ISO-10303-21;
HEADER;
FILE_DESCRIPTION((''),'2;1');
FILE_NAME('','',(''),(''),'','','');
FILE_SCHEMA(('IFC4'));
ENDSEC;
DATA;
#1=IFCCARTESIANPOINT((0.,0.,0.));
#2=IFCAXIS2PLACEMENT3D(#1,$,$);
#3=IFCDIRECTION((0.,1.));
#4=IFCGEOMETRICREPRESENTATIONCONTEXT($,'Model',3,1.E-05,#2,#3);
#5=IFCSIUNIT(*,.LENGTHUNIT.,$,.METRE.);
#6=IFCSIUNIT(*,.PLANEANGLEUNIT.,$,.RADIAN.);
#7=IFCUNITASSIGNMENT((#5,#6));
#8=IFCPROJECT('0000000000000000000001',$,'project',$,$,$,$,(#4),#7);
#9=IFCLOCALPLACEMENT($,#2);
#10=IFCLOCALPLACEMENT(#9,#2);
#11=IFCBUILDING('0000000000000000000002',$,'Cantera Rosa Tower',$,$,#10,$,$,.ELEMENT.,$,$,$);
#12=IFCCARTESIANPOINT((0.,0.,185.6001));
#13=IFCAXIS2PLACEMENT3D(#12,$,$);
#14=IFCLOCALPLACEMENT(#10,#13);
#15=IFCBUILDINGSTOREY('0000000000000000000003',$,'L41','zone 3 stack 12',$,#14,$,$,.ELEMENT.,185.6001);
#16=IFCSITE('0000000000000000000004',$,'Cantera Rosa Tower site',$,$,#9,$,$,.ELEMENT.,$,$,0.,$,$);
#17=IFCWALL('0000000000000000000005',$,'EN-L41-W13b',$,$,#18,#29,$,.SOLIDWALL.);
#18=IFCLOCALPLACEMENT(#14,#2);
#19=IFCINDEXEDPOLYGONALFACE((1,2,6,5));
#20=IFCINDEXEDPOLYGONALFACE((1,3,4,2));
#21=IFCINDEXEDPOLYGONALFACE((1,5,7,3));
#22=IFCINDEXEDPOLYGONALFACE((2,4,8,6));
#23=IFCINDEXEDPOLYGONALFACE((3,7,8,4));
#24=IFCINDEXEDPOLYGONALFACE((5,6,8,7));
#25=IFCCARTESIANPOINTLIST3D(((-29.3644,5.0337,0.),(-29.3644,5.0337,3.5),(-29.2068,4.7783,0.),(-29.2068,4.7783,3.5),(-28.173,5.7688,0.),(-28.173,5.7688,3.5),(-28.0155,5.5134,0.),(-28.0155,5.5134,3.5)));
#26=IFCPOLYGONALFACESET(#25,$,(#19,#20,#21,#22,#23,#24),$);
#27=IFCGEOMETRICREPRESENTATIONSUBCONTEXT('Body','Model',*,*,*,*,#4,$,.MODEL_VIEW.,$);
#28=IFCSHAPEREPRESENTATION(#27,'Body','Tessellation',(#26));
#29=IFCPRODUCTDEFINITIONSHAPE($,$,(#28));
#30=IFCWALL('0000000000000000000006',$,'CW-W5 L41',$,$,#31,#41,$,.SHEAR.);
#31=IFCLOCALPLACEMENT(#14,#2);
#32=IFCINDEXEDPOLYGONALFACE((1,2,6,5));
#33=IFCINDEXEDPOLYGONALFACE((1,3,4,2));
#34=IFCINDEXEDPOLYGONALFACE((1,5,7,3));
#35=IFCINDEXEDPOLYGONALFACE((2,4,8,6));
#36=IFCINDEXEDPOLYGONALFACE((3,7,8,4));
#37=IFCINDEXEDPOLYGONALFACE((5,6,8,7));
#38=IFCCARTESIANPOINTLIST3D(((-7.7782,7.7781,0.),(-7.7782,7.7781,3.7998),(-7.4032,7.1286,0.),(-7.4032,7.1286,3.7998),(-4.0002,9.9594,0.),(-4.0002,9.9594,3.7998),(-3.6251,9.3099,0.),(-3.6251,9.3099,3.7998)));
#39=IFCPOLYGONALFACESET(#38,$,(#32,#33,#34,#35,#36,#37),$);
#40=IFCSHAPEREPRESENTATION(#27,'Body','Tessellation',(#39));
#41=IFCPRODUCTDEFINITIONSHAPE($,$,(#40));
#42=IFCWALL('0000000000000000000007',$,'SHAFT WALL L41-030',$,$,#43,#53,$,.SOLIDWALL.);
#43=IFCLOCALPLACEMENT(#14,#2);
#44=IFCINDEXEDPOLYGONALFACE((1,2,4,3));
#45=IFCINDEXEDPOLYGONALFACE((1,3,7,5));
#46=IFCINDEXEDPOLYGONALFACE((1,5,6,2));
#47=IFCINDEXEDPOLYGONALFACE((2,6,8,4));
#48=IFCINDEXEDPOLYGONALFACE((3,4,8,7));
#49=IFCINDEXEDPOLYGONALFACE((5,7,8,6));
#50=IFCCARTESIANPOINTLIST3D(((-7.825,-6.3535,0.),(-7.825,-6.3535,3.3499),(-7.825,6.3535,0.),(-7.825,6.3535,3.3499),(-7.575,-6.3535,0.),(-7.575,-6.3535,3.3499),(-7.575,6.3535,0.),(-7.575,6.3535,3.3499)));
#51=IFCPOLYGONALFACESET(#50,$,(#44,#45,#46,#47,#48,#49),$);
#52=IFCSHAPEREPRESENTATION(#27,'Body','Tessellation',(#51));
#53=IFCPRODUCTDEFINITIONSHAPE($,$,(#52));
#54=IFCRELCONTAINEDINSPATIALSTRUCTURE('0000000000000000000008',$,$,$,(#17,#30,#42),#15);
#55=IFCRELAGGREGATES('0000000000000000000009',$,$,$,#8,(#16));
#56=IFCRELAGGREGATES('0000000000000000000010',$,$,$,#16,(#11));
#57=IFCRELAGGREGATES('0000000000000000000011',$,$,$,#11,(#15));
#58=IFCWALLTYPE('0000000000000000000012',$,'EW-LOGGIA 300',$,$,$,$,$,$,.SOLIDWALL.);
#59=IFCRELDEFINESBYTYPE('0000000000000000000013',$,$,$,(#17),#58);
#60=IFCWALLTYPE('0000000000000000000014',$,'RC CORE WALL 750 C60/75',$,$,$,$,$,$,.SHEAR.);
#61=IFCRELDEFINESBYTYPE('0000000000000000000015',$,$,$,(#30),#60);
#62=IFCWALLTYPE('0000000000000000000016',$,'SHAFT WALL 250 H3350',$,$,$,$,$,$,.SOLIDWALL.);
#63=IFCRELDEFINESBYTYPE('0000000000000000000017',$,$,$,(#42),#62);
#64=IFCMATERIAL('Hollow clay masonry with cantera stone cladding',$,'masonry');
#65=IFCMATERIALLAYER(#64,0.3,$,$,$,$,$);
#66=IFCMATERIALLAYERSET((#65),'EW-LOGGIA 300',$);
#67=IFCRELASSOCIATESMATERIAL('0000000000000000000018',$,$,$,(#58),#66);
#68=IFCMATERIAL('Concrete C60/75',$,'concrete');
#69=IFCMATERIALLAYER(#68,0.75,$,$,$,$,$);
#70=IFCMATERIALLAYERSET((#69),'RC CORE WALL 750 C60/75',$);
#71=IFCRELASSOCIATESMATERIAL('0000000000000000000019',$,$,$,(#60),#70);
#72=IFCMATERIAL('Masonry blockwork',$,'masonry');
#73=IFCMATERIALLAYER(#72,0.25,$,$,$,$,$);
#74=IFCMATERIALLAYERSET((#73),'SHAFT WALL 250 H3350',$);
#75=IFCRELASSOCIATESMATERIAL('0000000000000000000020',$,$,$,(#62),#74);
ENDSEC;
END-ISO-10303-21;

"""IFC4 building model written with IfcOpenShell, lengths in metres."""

from ifc_helpers import new_model, si_unit, direction, frame, frame_2d, origin, place, context, subcontext, project, spatial, rectangle, extrude, material, layer, layer_set, type_object, element, save


model = new_model("IFC4")

# Units and contexts
model_context = context("Model", 3, precision=1e-05, world=origin(), true_north=direction((0.0, 1.0)))
body_context = subcontext(model_context, "Body", "Model", "MODEL_VIEW")
ifc_project = project(units=[si_unit("LENGTHUNIT", "METRE"), si_unit("PLANEANGLEUNIT", "RADIAN")], contexts=[model_context])

# Site, building, storey
site_placement = place(None, origin())
site = spatial("IfcSite", under=ifc_project, at=site_placement, Name="Cantera Rosa Tower site", CompositionType="ELEMENT", RefElevation=0.0)
building_placement = place(site_placement, origin())
building = spatial("IfcBuilding", under=site, at=building_placement, Name="Cantera Rosa Tower", CompositionType="ELEMENT")
storey_placement = place(building_placement, frame((0.0, 0.0, 185.6001)))
storey = spatial("IfcBuildingStorey", under=building, at=storey_placement, Name="L41", Description="zone 3 stack 12", CompositionType="ELEMENT", Elevation=185.6001)

# Wall
ifc_material_1 = material(Name="Hollow clay masonry with cantera stone cladding", Category="masonry")
ifc_layer_1 = layer(ifc_material_1, 0.3)
ifc_layer_set_1 = layer_set([ifc_layer_1], Name="EW-LOGGIA 300")
wall_type_1 = type_object("IfcWallType", Name="EW-LOGGIA 300", PredefinedType="SOLIDWALL", material=ifc_layer_set_1)
wall_1_placement = place(storey_placement, frame((-28.0942, 5.6411, 0.0), z_axis=(0.0, 0.0, 1.0), x_axis=(-0.851041, -0.525099, 0.0)))
element("IfcWall", 1, at=wall_1_placement, inside=storey, type_object=wall_type_1, Name="EN-L41-W13b", PredefinedType="SOLIDWALL", context=body_context, shape_type="SweptSolid", body=[
    extrude(rectangle(XDim=1.3999, YDim=0.3, at=frame_2d((0.7, 0.0))), origin(), (0.0, 0.0, 1.0), 3.5),
])

# Walls
ifc_material_2 = material(Name="Concrete C60/75", Category="concrete")
ifc_layer_2 = layer(ifc_material_2, 0.75)
ifc_layer_set_2 = layer_set([ifc_layer_2], Name="RC CORE WALL 750 C60/75")
wall_type_2 = type_object("IfcWallType", Name="RC CORE WALL 750 C60/75", PredefinedType="SHEAR", material=ifc_layer_set_2)
wall_2_placement = place(storey_placement, frame((-7.5906, 7.4534, 0.0), z_axis=(0.0, 0.0, 1.0), x_axis=(0.866013, 0.500021, 0.0)))
element("IfcWall", 2, at=wall_2_placement, inside=storey, type_object=wall_type_2, Name="CW-W5 L41", PredefinedType="SHEAR", context=body_context, shape_type="SweptSolid", body=[
    extrude(rectangle(XDim=4.3625, YDim=0.75, at=frame_2d((2.1812, 0.0))), origin(), (0.0, 0.0, 1.0), 3.7998),
])
ifc_material_3 = material(Name="Masonry blockwork", Category="masonry")
ifc_layer_3 = layer(ifc_material_3, 0.25)
ifc_layer_set_3 = layer_set([ifc_layer_3], Name="SHAFT WALL 250 H3350")
wall_type_3 = type_object("IfcWallType", Name="SHAFT WALL 250 H3350", PredefinedType="SOLIDWALL", material=ifc_layer_set_3)
wall_3_placement = place(storey_placement, frame((-7.7, 6.3535, 0.0), z_axis=(0.0, 0.0, 1.0), x_axis=(0.0, -1.0, 0.0)))
element("IfcWall", 3, at=wall_3_placement, inside=storey, type_object=wall_type_3, Name="SHAFT WALL L41-030", PredefinedType="SOLIDWALL", context=body_context, shape_type="SweptSolid", body=[
    extrude(rectangle(XDim=12.707, YDim=0.25, at=frame_2d((6.3535, 0.0))), origin(), (0.0, 0.0, 1.0), 3.3499),
])

save(model, "model.ifc")
